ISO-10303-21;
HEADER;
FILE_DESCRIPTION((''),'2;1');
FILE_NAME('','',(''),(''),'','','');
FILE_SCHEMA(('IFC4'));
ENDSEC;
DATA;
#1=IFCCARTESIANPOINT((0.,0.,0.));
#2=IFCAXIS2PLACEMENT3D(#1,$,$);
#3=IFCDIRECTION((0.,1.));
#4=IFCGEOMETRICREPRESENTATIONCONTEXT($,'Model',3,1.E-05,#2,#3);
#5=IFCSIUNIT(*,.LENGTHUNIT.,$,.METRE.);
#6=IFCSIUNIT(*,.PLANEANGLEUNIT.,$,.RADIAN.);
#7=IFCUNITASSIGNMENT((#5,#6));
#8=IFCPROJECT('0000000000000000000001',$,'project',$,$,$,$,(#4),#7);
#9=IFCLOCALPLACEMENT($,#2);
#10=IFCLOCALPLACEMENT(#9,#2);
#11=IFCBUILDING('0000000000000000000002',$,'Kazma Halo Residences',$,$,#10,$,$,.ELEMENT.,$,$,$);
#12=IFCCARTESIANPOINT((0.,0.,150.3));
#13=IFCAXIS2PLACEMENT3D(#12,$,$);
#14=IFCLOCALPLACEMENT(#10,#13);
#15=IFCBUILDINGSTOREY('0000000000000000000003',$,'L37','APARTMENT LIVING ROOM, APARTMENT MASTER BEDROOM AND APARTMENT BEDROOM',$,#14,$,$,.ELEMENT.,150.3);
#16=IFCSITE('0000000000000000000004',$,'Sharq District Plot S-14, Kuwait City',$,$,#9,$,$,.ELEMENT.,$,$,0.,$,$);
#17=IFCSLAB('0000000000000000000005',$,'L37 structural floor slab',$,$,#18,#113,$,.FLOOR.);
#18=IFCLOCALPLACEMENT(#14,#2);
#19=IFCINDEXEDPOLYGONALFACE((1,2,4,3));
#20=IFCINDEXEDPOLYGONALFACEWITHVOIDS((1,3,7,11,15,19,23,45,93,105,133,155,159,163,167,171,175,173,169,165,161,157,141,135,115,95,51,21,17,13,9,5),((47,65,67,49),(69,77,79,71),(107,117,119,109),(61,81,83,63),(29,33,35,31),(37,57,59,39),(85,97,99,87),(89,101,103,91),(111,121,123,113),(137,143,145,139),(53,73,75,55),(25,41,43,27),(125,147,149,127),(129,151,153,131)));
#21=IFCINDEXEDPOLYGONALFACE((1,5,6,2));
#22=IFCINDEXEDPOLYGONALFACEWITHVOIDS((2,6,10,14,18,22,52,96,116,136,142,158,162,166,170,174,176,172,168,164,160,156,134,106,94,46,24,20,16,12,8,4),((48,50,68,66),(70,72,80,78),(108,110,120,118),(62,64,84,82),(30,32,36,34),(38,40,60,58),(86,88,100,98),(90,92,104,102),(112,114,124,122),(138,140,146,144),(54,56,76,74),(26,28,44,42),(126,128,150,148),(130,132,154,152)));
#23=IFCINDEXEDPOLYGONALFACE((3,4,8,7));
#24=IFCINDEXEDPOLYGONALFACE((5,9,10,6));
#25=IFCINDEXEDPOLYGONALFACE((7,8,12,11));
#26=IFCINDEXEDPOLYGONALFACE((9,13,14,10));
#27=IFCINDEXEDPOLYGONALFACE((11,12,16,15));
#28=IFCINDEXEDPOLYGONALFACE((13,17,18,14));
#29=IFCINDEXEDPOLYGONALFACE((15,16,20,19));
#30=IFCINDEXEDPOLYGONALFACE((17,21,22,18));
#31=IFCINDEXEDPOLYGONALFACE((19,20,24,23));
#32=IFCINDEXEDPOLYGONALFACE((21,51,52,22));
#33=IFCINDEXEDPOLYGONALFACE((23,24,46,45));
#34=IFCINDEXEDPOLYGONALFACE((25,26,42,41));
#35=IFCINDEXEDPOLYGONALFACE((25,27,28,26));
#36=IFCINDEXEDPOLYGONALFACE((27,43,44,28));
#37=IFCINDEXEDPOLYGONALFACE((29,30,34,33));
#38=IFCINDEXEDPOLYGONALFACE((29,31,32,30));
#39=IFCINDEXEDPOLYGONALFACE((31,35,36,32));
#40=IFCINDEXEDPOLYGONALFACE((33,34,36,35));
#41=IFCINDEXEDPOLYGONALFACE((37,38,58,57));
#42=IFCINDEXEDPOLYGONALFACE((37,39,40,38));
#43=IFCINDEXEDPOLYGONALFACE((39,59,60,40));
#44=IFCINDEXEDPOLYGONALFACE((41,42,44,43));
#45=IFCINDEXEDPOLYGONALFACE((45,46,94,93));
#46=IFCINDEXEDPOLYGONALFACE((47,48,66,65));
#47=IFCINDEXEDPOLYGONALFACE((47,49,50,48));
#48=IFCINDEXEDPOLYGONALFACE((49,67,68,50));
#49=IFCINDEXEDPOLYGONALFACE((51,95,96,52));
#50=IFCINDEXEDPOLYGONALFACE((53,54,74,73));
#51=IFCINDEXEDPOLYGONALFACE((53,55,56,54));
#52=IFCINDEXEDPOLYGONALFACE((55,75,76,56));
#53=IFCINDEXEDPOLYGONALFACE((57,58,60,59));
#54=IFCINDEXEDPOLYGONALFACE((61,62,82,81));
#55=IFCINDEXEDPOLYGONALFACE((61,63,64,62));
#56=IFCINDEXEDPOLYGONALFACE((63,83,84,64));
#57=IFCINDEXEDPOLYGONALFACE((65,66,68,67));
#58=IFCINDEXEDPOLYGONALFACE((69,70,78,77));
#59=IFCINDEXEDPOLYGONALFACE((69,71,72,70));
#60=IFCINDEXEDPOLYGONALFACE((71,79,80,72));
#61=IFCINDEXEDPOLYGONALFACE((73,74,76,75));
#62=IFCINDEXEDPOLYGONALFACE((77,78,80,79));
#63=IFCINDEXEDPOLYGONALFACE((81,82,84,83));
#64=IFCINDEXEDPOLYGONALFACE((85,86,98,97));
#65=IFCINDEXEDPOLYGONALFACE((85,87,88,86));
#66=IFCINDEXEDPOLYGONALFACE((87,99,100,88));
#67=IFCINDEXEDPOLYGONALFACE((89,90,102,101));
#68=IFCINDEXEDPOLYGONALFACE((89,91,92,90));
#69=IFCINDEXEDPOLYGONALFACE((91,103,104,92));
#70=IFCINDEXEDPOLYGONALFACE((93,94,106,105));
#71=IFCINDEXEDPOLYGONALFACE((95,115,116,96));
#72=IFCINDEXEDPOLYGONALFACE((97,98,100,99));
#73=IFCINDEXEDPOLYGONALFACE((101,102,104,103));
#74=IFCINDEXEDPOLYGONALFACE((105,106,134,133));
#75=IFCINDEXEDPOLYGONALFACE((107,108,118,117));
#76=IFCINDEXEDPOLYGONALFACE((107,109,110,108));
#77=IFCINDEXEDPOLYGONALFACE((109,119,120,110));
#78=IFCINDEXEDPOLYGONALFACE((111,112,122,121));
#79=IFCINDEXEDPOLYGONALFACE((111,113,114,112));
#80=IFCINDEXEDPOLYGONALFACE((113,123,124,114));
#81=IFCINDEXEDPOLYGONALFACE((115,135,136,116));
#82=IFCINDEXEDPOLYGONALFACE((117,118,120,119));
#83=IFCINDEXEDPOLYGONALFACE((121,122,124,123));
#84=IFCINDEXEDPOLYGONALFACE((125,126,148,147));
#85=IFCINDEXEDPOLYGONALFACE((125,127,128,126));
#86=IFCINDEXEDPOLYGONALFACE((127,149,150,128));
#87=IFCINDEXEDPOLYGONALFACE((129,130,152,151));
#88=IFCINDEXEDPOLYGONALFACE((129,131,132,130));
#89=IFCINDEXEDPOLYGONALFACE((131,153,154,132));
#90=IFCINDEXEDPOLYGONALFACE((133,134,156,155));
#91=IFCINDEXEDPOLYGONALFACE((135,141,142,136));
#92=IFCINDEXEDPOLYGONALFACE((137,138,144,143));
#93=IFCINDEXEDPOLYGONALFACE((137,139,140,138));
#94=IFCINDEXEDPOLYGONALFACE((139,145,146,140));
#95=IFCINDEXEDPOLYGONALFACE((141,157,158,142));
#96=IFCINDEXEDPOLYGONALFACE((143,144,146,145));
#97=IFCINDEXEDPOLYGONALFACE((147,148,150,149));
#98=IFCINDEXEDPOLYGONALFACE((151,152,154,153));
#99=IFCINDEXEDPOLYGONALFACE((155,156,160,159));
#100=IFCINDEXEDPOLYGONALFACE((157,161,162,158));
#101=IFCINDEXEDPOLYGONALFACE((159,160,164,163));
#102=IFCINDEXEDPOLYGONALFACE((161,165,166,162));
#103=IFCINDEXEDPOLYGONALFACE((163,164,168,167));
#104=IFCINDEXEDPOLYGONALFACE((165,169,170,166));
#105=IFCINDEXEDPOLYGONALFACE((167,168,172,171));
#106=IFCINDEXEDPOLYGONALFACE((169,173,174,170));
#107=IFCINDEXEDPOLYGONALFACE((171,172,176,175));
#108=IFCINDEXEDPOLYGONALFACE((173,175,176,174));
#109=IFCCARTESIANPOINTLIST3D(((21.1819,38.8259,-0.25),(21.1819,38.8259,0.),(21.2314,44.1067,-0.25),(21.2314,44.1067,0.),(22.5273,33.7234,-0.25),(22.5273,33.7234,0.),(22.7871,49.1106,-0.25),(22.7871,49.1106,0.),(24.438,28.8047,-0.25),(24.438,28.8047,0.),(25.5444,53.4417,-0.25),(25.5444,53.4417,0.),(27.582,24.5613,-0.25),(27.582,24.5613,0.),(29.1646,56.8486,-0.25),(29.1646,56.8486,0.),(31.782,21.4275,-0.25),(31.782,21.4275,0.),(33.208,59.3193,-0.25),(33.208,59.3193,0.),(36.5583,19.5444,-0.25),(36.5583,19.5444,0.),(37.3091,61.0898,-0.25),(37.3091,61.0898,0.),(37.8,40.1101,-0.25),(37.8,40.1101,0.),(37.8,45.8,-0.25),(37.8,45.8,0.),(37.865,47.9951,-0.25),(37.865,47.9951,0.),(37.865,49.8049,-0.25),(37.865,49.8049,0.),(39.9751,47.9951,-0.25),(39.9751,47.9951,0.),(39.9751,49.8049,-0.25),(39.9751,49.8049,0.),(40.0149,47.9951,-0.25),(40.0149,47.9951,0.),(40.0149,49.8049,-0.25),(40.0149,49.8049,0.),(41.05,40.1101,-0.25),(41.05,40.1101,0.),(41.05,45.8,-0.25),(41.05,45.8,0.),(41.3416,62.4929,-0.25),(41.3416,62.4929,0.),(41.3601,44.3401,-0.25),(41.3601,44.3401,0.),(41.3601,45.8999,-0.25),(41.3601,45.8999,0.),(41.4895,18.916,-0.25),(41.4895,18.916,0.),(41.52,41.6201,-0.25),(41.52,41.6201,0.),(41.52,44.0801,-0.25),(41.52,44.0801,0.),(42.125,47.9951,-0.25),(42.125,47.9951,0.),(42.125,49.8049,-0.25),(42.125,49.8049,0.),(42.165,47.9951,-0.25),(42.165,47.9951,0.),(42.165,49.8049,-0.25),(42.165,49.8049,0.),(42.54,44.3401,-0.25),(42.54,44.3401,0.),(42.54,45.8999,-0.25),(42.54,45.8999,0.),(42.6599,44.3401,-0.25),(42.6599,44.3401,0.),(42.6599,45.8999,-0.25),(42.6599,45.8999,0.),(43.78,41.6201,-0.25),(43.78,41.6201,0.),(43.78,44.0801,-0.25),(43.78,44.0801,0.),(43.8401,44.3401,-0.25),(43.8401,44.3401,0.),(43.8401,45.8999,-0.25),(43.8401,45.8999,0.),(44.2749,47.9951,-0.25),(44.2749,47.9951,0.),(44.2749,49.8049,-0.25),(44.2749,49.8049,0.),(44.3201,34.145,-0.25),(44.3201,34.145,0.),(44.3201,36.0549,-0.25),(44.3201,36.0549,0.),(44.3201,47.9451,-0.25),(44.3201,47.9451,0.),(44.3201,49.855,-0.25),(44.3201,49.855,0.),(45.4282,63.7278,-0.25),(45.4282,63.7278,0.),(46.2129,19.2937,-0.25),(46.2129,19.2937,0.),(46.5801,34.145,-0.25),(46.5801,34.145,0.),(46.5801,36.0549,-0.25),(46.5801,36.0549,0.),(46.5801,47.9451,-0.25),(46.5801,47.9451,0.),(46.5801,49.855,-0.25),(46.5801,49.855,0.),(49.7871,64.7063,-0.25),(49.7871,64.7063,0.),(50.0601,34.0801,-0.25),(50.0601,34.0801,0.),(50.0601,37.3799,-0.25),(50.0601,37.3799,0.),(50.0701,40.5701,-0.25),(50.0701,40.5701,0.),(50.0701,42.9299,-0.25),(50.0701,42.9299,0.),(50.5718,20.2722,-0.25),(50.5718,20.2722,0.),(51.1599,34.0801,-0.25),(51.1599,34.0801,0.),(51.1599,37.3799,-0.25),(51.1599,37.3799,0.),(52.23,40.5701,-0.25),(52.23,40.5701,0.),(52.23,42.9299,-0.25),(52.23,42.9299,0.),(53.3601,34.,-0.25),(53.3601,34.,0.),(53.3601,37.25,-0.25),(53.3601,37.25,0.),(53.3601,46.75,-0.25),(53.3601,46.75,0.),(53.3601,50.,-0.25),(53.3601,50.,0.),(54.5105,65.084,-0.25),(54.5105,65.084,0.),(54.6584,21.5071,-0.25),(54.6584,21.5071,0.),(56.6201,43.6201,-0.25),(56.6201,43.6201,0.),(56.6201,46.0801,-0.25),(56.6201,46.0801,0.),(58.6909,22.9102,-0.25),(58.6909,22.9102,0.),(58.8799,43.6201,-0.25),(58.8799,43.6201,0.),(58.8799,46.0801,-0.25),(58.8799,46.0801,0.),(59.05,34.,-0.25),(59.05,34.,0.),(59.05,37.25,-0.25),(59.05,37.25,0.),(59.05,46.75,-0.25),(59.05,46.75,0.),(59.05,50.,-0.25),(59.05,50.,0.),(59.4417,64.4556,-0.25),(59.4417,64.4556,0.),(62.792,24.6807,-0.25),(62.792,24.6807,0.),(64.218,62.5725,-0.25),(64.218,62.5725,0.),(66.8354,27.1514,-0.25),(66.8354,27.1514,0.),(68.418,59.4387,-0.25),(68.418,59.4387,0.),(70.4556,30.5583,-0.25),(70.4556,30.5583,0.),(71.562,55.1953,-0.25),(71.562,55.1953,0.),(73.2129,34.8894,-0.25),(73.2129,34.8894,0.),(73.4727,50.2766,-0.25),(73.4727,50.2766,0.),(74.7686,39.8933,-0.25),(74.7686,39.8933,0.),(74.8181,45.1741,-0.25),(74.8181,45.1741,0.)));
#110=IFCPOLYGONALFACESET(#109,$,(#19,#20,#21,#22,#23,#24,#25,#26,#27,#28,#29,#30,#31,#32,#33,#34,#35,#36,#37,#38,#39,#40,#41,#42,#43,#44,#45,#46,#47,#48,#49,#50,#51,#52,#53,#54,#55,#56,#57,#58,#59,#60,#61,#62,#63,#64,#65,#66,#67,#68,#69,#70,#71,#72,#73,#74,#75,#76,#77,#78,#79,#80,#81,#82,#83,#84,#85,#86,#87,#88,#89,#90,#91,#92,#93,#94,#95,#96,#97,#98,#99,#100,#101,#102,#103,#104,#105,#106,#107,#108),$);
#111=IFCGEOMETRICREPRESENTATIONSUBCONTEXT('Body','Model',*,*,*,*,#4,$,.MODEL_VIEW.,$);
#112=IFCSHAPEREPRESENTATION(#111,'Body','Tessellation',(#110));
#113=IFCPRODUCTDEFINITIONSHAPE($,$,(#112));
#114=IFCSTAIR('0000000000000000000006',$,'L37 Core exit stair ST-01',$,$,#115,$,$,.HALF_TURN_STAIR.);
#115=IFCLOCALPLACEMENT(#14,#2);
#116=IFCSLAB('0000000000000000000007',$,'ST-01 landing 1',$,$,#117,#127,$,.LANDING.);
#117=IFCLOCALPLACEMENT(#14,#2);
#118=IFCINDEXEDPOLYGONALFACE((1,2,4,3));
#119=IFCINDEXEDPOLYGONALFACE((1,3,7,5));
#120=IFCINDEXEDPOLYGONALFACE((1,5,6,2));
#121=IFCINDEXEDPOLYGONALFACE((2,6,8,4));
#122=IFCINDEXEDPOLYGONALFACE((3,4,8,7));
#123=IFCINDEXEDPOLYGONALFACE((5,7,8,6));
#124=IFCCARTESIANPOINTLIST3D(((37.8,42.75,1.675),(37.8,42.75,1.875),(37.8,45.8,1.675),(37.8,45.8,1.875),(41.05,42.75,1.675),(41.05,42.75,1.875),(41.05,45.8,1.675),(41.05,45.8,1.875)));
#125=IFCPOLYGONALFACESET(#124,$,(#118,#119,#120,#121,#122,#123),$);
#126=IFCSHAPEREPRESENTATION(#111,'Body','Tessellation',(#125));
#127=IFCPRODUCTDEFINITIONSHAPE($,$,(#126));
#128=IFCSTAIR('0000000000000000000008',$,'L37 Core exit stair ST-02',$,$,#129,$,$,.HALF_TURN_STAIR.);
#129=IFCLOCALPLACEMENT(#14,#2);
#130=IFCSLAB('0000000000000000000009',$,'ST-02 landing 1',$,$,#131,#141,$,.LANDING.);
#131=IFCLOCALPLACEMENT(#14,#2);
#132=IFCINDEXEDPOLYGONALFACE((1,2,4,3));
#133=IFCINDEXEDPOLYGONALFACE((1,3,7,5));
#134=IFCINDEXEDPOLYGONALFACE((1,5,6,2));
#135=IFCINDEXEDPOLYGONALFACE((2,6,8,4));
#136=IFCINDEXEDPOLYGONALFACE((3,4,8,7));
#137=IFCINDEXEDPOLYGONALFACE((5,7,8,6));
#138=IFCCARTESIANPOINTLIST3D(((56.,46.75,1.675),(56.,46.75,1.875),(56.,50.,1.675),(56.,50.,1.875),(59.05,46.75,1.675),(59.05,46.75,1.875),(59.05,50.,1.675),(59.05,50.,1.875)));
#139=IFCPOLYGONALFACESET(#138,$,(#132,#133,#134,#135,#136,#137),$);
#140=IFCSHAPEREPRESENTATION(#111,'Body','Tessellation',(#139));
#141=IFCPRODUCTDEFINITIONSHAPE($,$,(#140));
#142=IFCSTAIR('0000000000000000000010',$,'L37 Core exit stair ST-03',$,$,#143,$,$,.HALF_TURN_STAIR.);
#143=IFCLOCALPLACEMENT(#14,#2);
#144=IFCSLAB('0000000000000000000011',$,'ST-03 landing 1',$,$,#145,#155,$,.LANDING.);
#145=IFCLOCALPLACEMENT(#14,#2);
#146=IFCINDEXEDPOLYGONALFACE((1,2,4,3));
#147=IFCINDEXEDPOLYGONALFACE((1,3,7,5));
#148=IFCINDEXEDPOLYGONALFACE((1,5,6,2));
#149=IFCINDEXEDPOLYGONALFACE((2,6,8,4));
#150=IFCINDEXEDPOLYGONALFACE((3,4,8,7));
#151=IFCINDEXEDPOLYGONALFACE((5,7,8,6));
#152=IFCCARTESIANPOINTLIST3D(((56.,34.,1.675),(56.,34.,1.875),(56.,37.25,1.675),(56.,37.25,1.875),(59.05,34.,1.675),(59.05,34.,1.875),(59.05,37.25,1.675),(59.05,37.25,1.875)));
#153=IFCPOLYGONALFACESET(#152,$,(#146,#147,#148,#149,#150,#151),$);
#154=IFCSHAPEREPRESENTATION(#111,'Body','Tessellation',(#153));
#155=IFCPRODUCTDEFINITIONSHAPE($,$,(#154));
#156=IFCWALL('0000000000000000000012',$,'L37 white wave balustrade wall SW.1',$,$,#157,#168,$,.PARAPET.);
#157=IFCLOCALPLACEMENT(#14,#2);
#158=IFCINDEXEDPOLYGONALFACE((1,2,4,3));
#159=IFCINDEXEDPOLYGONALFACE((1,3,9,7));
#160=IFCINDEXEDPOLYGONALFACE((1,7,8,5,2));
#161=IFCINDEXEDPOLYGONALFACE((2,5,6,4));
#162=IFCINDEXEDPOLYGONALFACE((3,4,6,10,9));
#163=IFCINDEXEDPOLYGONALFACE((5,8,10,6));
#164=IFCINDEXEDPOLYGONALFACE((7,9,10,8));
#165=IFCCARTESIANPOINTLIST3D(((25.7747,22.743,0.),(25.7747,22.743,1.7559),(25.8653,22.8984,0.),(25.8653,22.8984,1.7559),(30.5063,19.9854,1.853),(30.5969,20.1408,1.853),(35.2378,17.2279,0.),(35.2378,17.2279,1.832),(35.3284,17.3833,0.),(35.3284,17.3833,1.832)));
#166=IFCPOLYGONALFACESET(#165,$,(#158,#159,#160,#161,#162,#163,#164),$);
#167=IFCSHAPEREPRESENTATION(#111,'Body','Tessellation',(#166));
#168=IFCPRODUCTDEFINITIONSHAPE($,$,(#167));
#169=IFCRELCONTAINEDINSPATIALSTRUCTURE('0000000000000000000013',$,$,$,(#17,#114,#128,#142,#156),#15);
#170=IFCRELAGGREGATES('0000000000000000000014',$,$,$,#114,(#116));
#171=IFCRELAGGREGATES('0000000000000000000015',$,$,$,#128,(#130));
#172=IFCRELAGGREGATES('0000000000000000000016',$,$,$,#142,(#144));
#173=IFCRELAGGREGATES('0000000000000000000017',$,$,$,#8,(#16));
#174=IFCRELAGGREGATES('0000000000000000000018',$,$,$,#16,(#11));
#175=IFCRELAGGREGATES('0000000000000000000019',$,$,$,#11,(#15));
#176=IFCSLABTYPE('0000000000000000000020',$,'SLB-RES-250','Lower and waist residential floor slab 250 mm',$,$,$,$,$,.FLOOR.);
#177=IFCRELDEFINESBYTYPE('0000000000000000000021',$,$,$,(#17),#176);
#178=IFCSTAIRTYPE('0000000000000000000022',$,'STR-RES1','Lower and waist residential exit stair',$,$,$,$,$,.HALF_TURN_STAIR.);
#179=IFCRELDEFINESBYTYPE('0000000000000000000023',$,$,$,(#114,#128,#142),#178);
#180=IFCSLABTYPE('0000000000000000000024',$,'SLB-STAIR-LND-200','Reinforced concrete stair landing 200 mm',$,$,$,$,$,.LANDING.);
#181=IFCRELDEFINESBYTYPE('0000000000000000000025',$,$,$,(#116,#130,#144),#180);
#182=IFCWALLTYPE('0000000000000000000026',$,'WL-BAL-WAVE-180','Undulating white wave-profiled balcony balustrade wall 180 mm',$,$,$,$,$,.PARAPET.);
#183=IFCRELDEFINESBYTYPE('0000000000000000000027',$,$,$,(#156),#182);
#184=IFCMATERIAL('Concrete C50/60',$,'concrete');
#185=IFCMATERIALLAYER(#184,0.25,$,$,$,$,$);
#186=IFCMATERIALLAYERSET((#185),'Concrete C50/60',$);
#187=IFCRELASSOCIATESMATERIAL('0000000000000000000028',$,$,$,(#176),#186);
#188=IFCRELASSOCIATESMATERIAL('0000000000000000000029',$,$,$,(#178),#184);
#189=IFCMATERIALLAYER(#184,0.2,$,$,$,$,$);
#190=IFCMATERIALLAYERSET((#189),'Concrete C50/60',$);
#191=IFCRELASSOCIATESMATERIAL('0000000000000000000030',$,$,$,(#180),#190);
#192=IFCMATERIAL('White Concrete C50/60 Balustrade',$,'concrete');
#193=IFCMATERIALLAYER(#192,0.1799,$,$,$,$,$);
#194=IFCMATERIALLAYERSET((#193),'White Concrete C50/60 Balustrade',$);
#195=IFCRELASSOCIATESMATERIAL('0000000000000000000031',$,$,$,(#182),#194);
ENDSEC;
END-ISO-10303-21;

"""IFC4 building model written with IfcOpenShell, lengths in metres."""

from ifc_helpers import new_model, si_unit, direction, frame, origin, place, context, subcontext, project, spatial, polyline, outline, extrude, material, layer, layer_set, type_object, element, aggregate, save


model = new_model("IFC4")

# Units and contexts
model_context = context("Model", 3, precision=1e-05, world=origin(), true_north=direction((0.0, 1.0)))
body_context = subcontext(model_context, "Body", "Model", "MODEL_VIEW")
ifc_project = project(units=[si_unit("LENGTHUNIT", "METRE"), si_unit("PLANEANGLEUNIT", "RADIAN")], contexts=[model_context])

# Site, building, storey
site_placement = place(None, origin())
site = spatial("IfcSite", under=ifc_project, at=site_placement, Name="Sharq District Plot S-14, Kuwait City", CompositionType="ELEMENT", RefElevation=0.0)
building_placement = place(site_placement, origin())
building = spatial("IfcBuilding", under=site, at=building_placement, Name="Kazma Halo Residences", CompositionType="ELEMENT")
storey_placement = place(building_placement, frame((0.0, 0.0, 150.3)))
storey = spatial("IfcBuildingStorey", under=building, at=storey_placement, Name="L37", Description="APARTMENT LIVING ROOM, APARTMENT MASTER BEDROOM AND APARTMENT BEDROOM", CompositionType="ELEMENT", Elevation=150.3)

# Slab
ifc_material_1 = material(Name="Concrete C50/60", Category="concrete")
ifc_layer_1 = layer(ifc_material_1, 0.25)
ifc_layer_set_1 = layer_set([ifc_layer_1], Name="Concrete C50/60")
slab_type_1 = type_object("IfcSlabType", Name="SLB-RES-250", Description="Lower and waist residential floor slab 250 mm", PredefinedType="FLOOR", material=ifc_layer_set_1)
slab_1_placement = place(storey_placement, frame((0.0, 0.0, -0.25)))
element("IfcSlab", 1, at=slab_1_placement, inside=storey, type_object=slab_type_1, Name="L37 structural floor slab", PredefinedType="FLOOR", context=body_context, shape_type="SweptSolid", body=[
    extrude(outline(polyline([(73.4727, 50.2766), (71.562, 55.1953), (68.418, 59.4387), (64.218, 62.5725), (59.4417, 64.4556), (54.5105, 65.084), (49.7871, 64.7063), (45.4282, 63.7278), (41.3416, 62.4929), (37.3091, 61.0898), (33.208, 59.3193), (29.1646, 56.8486), (25.5444, 53.4417), (22.7871, 49.1106), (21.2314, 44.1067), (21.1819, 38.8259), (22.5273, 33.7234), (24.438, 28.8047), (27.582, 24.5613), (31.782, 21.4275), (36.5583, 19.5444), (41.4895, 18.916), (46.2129, 19.2937), (50.5718, 20.2722), (54.6584, 21.5071), (58.6909, 22.9102), (62.792, 24.6807), (66.8354, 27.1514), (70.4556, 30.5583), (73.2129, 34.8894), (74.7686, 39.8933), (74.8181, 45.1741), (73.4727, 50.2766)]), holes=[polyline([(37.8, 40.1101), (41.05, 40.1101), (41.05, 45.8), (37.8, 45.8), (37.8, 40.1101)]), polyline([(53.3601, 46.75), (59.05, 46.75), (59.05, 50.0), (53.3601, 50.0), (53.3601, 46.75)]), polyline([(53.3601, 34.0), (59.05, 34.0), (59.05, 37.25), (53.3601, 37.25), (53.3601, 34.0)]), polyline([(41.52, 41.6201), (43.78, 41.6201), (43.78, 44.0801), (41.52, 44.0801), (41.52, 41.6201)]), polyline([(56.6201, 43.6201), (58.8799, 43.6201), (58.8799, 46.0801), (56.6201, 46.0801), (56.6201, 43.6201)]), polyline([(37.865, 47.9951), (39.9751, 47.9951), (39.9751, 49.8049), (37.865, 49.8049), (37.865, 47.9951)]), polyline([(40.0149, 47.9951), (42.125, 47.9951), (42.125, 49.8049), (40.0149, 49.8049), (40.0149, 47.9951)]), polyline([(42.165, 47.9951), (44.2749, 47.9951), (44.2749, 49.8049), (42.165, 49.8049), (42.165, 47.9951)]), polyline([(44.3201, 47.9451), (46.5801, 47.9451), (46.5801, 49.855), (44.3201, 49.855), (44.3201, 47.9451)]), polyline([(44.3201, 34.145), (46.5801, 34.145), (46.5801, 36.0549), (44.3201, 36.0549), (44.3201, 34.145)]), polyline([(50.0701, 40.5701), (52.23, 40.5701), (52.23, 42.9299), (50.0701, 42.9299), (50.0701, 40.5701)]), polyline([(41.3601, 44.3401), (42.54, 44.3401), (42.54, 45.8999), (41.3601, 45.8999), (41.3601, 44.3401)]), polyline([(42.6599, 44.3401), (43.8401, 44.3401), (43.8401, 45.8999), (42.6599, 45.8999), (42.6599, 44.3401)]), polyline([(50.0601, 34.0801), (51.1599, 34.0801), (51.1599, 37.3799), (50.0601, 37.3799), (50.0601, 34.0801)])]), origin(), (0.0, 0.0, 1.0), 0.25),
])

# Stairs, slabs
stair_type = type_object("IfcStairType", Name="STR-RES1", Description="Lower and waist residential exit stair", PredefinedType="HALF_TURN_STAIR", material=ifc_material_1)
stair_1_placement = place(storey_placement, origin())
stair_1 = element("IfcStair", 2, at=stair_1_placement, inside=storey, type_object=stair_type, Name="L37 Core exit stair ST-01", PredefinedType="HALF_TURN_STAIR")
ifc_layer_2 = layer(ifc_material_1, 0.2)
ifc_layer_set_2 = layer_set([ifc_layer_2], Name="Concrete C50/60")
slab_type_2 = type_object("IfcSlabType", Name="SLB-STAIR-LND-200", Description="Reinforced concrete stair landing 200 mm", PredefinedType="LANDING", material=ifc_layer_set_2)
slab_2_placement = place(storey_placement, frame((0.0, 0.0, 1.675)))
slab_2 = element("IfcSlab", 3, at=slab_2_placement, type_object=slab_type_2, Name="ST-01 landing 1", PredefinedType="LANDING", context=body_context, shape_type="SweptSolid", body=[
    extrude(outline(polyline([(41.05, 42.75), (41.05, 45.8), (37.8, 45.8), (37.8, 42.75), (41.05, 42.75)])), origin(), (0.0, 0.0, 1.0), 0.2),
])
aggregate(stair_1, [slab_2])
stair_2_placement = place(storey_placement, origin())
stair_2 = element("IfcStair", 4, at=stair_2_placement, inside=storey, type_object=stair_type, Name="L37 Core exit stair ST-02", PredefinedType="HALF_TURN_STAIR")
slab_3_placement = place(storey_placement, frame((0.0, 0.0, 1.675)))
slab_3 = element("IfcSlab", 5, at=slab_3_placement, type_object=slab_type_2, Name="ST-02 landing 1", PredefinedType="LANDING", context=body_context, shape_type="SweptSolid", body=[
    extrude(outline(polyline([(56.0, 46.75), (59.05, 46.75), (59.05, 50.0), (56.0, 50.0), (56.0, 46.75)])), origin(), (0.0, 0.0, 1.0), 0.2),
])
aggregate(stair_2, [slab_3])
stair_3_placement = place(storey_placement, origin())
stair_3 = element("IfcStair", 6, at=stair_3_placement, inside=storey, type_object=stair_type, Name="L37 Core exit stair ST-03", PredefinedType="HALF_TURN_STAIR")
slab_4_placement = place(storey_placement, frame((0.0, 0.0, 1.675)))
slab_4 = element("IfcSlab", 7, at=slab_4_placement, type_object=slab_type_2, Name="ST-03 landing 1", PredefinedType="LANDING", context=body_context, shape_type="SweptSolid", body=[
    extrude(outline(polyline([(56.0, 34.0), (59.05, 34.0), (59.05, 37.25), (56.0, 37.25), (56.0, 34.0)])), origin(), (0.0, 0.0, 1.0), 0.2),
])
aggregate(stair_3, [slab_4])

# Wall
ifc_material_2 = material(Name="White Concrete C50/60 Balustrade", Category="concrete")
ifc_layer_3 = layer(ifc_material_2, 0.1799)
ifc_layer_set_3 = layer_set([ifc_layer_3], Name="White Concrete C50/60 Balustrade")
wall_type_1 = type_object("IfcWallType", Name="WL-BAL-WAVE-180", Description="Undulating white wave-profiled balcony balustrade wall 180 mm", PredefinedType="PARAPET", material=ifc_layer_set_3)
wall_1_placement = place(storey_placement, frame((25.8201, 22.8208, 0.0), z_axis=(0.0, 0.0, 1.0), x_axis=(0.863979, -0.503529, 0.0)))
element("IfcWall", 8, at=wall_1_placement, inside=storey, type_object=wall_type_1, Name="L37 white wave balustrade wall SW.1", PredefinedType="PARAPET", context=body_context, shape_type="SweptSolid", body=[
    extrude(outline(polyline([(0.0, 0.0), (10.9529, 0.0), (10.9529, 1.832), (5.4766, 1.853), (0.0, 1.7559), (0.0, 0.0)])), frame((0.0, 0.0898, 0.0), z_axis=(0.0, -1.0, 0.0), x_axis=(1.0, 0.0, 0.0)), (0.0, 0.0, 1.0), 0.1799),
])

save(model, "model.ifc")
